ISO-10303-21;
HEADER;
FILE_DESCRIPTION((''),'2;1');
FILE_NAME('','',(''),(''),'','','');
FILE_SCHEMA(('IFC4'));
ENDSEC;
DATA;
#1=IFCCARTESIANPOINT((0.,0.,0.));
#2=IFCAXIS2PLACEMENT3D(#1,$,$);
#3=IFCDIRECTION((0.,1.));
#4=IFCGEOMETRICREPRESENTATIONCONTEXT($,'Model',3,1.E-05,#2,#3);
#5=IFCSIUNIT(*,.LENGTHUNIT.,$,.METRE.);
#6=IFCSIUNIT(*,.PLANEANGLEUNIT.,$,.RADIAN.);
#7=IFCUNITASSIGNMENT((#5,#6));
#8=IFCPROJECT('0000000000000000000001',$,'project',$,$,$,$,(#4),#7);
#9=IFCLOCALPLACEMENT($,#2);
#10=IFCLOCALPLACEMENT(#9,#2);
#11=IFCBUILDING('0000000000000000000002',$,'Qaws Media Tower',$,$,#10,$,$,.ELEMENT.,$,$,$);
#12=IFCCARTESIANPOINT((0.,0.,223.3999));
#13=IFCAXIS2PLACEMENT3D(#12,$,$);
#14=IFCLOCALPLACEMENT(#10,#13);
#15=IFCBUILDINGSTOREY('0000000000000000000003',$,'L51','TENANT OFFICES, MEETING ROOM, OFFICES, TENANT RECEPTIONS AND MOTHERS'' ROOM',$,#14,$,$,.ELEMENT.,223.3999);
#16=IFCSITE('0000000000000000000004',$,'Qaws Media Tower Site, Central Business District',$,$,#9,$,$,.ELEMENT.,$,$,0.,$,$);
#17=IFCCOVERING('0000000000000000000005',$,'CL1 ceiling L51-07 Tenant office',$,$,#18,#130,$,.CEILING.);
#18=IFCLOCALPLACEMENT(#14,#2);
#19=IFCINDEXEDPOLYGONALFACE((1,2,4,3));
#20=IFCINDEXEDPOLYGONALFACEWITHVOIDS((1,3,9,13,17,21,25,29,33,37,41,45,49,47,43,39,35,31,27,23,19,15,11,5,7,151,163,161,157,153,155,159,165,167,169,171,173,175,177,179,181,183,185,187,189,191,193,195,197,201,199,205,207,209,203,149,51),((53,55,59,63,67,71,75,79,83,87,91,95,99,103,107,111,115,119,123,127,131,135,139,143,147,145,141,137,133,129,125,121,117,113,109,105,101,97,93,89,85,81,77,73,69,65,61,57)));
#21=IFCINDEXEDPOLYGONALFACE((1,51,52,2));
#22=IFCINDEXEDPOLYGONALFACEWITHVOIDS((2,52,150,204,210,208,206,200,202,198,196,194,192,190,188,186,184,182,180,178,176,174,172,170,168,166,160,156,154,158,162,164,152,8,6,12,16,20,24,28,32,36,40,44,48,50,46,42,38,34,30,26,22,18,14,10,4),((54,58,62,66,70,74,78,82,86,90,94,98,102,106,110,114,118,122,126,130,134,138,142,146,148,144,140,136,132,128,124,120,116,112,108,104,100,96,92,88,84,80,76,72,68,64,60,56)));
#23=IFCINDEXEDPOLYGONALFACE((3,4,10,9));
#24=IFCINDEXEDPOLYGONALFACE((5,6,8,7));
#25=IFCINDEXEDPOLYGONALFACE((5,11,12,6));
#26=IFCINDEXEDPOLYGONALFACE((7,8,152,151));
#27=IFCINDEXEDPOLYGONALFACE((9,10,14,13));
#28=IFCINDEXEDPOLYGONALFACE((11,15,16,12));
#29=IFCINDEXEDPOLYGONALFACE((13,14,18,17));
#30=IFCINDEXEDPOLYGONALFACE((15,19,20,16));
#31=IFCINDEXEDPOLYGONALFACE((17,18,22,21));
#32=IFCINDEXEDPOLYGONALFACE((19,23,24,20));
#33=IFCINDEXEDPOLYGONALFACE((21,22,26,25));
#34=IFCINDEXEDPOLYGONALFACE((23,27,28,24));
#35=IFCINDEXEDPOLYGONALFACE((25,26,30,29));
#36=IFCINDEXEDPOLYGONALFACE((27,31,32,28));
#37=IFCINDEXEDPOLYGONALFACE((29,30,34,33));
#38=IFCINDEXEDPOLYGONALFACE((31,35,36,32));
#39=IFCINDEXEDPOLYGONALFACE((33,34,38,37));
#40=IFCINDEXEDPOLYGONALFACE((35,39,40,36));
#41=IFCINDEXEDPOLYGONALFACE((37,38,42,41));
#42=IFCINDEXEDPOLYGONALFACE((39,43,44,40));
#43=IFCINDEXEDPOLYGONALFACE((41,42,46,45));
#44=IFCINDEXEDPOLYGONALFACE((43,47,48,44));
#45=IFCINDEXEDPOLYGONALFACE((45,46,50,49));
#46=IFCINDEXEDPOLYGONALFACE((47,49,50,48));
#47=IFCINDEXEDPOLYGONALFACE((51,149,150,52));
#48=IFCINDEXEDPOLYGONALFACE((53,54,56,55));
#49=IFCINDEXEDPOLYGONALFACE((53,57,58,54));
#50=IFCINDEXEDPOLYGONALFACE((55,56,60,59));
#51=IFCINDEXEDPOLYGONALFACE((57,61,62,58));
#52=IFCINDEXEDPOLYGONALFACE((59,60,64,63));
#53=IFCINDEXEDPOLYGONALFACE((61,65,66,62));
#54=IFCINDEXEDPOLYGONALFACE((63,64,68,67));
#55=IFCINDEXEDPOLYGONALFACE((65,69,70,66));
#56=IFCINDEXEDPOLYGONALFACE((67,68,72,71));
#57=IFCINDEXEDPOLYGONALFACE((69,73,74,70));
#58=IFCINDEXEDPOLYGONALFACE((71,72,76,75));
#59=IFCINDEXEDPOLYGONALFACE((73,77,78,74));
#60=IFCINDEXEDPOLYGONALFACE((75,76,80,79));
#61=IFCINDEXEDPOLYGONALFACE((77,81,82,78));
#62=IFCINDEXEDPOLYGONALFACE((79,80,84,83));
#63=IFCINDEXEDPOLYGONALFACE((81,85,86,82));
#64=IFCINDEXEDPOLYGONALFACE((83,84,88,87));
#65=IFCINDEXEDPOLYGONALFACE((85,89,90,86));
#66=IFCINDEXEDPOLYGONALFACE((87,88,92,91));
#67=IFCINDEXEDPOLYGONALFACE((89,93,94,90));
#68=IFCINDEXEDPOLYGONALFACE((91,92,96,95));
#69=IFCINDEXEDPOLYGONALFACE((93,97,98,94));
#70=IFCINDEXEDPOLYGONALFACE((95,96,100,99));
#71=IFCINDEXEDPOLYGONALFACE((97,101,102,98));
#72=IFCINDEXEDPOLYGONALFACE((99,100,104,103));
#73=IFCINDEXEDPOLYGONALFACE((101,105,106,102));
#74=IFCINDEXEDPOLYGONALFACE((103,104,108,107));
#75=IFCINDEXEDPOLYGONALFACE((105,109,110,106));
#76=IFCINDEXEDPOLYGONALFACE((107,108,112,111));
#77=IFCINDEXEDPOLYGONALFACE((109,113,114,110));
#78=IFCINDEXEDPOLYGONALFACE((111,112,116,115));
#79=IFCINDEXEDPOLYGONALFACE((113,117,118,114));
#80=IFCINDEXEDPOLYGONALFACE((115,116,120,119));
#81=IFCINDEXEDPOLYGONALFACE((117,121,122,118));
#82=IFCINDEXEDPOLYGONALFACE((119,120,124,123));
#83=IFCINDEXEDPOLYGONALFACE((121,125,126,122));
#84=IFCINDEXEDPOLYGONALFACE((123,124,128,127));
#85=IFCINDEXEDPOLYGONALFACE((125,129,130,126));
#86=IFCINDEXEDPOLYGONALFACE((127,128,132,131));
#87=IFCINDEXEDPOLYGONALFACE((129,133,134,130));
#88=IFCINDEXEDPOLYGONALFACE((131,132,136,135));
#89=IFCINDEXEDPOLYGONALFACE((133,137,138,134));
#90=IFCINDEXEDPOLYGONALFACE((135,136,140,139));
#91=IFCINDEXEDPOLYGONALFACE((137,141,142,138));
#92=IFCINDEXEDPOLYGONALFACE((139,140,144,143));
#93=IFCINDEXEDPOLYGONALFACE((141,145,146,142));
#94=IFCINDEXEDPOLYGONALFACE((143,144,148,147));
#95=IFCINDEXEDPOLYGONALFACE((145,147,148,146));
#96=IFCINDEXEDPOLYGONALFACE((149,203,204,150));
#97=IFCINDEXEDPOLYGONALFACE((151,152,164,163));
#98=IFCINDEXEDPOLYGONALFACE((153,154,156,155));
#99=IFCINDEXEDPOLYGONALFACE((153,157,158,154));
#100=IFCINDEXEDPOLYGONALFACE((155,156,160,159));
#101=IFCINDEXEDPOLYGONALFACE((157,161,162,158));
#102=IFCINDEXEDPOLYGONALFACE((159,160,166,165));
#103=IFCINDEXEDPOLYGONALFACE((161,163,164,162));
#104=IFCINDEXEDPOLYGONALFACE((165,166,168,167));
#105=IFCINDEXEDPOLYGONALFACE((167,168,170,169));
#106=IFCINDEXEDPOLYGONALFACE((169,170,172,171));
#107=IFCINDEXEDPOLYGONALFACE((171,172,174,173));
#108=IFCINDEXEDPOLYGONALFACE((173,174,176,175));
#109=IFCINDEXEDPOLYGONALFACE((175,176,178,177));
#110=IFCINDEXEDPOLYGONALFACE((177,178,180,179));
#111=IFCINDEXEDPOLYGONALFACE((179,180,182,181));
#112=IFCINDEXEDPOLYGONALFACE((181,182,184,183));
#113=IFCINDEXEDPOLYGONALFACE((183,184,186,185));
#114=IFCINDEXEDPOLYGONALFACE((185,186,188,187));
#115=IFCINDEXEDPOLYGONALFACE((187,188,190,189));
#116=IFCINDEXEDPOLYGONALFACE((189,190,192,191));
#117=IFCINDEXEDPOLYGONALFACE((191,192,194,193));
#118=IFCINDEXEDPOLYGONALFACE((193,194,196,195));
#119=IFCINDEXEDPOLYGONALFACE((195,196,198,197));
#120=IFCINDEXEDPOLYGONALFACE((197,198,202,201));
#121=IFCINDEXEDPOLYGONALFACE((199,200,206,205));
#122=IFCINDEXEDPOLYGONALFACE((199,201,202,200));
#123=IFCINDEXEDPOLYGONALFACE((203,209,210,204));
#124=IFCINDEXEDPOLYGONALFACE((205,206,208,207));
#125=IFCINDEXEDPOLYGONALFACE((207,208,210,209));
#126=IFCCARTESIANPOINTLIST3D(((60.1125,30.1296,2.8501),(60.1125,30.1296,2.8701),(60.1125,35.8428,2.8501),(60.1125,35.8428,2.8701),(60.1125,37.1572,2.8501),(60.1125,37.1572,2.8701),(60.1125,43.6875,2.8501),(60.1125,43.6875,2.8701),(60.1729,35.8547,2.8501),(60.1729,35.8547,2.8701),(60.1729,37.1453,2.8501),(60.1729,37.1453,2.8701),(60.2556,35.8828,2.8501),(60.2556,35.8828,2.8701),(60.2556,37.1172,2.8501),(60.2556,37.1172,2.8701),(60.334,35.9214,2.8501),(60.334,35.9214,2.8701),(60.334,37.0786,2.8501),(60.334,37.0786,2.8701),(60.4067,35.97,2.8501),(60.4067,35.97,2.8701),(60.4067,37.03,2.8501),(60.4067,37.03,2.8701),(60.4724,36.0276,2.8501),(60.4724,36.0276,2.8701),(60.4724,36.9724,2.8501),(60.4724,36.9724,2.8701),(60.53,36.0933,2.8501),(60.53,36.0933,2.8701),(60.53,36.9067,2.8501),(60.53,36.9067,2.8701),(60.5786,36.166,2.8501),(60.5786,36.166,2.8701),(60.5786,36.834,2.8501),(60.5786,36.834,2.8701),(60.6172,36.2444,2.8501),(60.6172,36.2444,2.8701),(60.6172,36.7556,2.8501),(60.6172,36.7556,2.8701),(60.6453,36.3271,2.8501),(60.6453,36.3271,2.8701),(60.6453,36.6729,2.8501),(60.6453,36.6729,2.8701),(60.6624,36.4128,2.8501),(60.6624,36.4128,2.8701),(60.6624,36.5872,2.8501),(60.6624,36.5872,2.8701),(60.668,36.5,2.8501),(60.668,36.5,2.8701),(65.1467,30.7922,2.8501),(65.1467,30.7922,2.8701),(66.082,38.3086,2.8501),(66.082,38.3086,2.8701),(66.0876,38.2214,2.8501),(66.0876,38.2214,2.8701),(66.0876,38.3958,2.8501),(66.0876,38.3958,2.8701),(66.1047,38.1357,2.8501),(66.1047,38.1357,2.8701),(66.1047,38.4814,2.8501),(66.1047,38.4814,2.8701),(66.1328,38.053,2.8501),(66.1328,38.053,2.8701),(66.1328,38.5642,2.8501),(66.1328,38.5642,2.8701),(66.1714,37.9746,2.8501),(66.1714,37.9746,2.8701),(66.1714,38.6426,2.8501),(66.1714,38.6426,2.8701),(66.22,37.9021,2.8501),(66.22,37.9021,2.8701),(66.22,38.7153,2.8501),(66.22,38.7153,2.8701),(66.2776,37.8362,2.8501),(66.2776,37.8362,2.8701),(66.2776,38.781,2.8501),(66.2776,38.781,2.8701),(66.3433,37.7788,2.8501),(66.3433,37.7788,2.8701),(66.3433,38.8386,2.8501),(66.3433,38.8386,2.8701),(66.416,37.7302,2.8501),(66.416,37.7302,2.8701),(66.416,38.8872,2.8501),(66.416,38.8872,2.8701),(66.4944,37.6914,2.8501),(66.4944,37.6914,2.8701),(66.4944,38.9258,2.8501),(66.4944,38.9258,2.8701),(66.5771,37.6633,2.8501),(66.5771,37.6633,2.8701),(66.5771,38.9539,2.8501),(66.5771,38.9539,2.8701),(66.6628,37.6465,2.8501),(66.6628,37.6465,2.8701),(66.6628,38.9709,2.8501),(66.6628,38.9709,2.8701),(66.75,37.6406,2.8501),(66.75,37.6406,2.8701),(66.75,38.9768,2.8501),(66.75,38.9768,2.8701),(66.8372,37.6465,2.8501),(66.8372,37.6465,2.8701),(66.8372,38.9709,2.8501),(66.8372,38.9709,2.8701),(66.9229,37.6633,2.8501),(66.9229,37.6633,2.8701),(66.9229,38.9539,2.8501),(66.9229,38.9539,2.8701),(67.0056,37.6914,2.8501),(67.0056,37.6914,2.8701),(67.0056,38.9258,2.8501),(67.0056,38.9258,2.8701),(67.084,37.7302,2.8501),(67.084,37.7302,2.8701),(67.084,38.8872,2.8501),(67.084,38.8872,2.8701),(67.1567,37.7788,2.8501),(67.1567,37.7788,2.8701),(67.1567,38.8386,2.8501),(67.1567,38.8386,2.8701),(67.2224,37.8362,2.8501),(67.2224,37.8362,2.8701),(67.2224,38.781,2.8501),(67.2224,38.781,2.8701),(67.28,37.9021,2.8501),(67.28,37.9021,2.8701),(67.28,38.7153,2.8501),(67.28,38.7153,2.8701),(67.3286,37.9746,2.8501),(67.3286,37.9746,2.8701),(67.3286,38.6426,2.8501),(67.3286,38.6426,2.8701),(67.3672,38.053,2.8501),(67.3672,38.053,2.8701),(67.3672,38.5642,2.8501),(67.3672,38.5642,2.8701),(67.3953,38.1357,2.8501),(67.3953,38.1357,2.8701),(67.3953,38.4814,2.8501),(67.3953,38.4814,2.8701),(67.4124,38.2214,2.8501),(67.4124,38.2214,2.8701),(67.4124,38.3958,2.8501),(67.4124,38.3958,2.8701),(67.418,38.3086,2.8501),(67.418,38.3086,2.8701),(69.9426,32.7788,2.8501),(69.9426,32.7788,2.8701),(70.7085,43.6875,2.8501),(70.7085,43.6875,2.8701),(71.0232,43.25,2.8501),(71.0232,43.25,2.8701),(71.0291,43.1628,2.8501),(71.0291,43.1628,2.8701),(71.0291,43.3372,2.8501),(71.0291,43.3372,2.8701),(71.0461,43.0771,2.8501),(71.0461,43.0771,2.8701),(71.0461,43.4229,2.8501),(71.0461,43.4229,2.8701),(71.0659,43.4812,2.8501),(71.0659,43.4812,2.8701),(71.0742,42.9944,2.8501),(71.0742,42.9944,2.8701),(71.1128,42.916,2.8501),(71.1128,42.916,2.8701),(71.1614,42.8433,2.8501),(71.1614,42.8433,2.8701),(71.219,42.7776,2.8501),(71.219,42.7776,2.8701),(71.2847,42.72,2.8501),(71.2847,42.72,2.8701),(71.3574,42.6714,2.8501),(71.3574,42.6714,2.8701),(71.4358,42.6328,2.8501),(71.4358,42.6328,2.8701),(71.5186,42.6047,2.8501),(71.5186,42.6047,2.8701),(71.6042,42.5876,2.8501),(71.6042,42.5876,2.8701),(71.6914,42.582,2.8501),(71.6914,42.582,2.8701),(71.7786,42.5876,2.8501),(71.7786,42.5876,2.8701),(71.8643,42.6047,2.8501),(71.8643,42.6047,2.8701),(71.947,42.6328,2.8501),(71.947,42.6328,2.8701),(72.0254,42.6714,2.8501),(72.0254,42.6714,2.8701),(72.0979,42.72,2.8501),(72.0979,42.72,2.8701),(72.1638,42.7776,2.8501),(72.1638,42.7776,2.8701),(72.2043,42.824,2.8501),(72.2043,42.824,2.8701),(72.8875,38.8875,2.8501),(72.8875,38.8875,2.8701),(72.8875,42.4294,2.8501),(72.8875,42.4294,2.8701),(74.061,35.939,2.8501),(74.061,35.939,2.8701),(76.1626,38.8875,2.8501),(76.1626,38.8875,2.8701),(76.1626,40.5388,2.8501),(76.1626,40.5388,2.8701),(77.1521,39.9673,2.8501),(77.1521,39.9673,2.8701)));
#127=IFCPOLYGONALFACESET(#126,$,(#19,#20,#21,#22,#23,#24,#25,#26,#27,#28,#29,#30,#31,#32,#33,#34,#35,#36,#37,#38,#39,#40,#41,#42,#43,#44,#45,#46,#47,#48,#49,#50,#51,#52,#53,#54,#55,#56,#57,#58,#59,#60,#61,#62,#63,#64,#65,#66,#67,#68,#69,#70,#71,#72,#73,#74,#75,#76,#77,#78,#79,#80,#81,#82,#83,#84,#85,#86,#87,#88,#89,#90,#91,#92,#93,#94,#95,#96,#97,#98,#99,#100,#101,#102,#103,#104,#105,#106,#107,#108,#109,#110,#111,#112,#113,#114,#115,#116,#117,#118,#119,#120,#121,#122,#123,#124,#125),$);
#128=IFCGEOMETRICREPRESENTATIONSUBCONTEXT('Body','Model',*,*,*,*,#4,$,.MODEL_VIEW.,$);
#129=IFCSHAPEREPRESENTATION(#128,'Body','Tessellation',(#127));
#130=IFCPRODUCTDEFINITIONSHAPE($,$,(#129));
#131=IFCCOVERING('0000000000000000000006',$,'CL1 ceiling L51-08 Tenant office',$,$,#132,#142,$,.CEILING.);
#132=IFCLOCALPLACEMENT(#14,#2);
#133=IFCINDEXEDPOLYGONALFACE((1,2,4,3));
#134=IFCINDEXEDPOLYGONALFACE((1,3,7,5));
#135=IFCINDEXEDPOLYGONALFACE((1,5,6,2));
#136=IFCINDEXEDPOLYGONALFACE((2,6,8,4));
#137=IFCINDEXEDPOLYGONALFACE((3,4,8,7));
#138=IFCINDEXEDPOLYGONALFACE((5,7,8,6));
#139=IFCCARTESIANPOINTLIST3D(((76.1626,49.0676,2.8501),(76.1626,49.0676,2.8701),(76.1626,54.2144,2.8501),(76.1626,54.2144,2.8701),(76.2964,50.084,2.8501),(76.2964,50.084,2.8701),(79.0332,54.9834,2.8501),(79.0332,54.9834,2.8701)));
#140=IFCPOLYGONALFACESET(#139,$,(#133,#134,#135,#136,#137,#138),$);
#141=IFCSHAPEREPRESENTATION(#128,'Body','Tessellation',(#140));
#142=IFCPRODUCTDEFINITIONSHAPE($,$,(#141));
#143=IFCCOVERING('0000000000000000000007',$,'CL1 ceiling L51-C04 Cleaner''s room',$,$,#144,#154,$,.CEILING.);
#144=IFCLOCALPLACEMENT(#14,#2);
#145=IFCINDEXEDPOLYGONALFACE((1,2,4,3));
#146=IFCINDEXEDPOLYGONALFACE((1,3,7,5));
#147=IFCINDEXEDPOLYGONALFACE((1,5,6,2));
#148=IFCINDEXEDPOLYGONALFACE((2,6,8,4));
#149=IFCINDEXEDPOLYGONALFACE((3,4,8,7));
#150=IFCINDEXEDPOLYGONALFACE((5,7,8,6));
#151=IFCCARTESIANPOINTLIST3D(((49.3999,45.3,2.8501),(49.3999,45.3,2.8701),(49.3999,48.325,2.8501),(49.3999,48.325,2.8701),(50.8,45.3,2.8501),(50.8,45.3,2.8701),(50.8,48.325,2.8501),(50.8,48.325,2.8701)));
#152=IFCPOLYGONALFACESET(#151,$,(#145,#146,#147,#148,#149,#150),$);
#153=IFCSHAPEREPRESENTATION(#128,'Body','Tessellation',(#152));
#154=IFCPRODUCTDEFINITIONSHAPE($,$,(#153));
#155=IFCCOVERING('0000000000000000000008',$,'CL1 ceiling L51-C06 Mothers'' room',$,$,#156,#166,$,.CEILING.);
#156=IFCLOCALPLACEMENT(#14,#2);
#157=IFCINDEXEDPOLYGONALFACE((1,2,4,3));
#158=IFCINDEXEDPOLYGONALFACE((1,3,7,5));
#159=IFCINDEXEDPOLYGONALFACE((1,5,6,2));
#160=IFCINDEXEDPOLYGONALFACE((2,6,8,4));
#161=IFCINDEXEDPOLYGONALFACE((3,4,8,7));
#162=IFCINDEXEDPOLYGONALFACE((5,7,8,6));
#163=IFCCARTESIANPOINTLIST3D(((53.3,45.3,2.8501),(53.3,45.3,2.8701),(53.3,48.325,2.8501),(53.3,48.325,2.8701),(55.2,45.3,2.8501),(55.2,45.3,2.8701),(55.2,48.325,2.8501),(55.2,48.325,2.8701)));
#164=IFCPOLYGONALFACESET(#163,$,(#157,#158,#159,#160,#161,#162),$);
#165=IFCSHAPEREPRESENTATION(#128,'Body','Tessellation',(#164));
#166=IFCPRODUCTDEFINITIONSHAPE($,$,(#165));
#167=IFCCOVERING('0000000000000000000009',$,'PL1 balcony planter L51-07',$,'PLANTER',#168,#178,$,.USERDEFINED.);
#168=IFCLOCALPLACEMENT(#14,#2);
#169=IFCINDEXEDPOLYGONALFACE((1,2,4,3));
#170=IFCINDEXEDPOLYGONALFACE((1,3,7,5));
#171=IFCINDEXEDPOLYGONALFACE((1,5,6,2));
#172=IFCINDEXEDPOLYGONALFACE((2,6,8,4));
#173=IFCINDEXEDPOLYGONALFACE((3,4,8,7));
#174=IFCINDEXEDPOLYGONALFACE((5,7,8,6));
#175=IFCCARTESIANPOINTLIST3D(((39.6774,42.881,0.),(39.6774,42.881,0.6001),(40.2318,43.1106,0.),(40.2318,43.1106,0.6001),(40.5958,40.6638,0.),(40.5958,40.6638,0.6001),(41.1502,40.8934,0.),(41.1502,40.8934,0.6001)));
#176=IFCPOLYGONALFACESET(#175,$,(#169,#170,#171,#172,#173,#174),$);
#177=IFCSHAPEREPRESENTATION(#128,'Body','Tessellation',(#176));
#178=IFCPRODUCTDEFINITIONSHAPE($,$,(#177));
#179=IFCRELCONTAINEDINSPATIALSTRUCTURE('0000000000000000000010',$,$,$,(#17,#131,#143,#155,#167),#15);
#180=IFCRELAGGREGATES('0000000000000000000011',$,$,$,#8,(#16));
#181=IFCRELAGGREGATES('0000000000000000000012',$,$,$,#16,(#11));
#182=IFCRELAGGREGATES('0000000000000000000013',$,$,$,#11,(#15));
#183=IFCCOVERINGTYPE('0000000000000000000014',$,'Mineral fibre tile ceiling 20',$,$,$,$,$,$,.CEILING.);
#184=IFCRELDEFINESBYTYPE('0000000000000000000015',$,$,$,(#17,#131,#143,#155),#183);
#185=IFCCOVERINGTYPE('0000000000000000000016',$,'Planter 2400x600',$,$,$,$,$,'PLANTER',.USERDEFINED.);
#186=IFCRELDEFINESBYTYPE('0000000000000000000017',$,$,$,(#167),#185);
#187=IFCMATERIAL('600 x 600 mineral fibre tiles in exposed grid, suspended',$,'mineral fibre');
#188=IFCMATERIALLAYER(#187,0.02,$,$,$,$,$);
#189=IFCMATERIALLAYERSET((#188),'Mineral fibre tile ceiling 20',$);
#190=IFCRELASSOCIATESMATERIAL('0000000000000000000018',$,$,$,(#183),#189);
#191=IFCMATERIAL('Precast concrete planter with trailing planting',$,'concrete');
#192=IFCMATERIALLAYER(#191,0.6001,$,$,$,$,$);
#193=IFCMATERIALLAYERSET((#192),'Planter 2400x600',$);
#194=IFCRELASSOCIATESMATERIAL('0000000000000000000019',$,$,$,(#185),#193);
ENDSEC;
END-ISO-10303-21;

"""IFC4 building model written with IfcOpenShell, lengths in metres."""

from ifc_helpers import new_model, si_unit, direction, frame, origin, origin_2d, place, context, subcontext, project, spatial, polyline, rectangle, outline, extrude, material, layer, layer_set, type_object, element, save


model = new_model("IFC4")

# Units and contexts
model_context = context("Model", 3, precision=1e-05, world=origin(), true_north=direction((0.0, 1.0)))
body_context = subcontext(model_context, "Body", "Model", "MODEL_VIEW")
ifc_project = project(units=[si_unit("LENGTHUNIT", "METRE"), si_unit("PLANEANGLEUNIT", "RADIAN")], contexts=[model_context])

# Site, building, storey
site_placement = place(None, origin())
site = spatial("IfcSite", under=ifc_project, at=site_placement, Name="Qaws Media Tower Site, Central Business District", CompositionType="ELEMENT", RefElevation=0.0)
building_placement = place(site_placement, origin())
building = spatial("IfcBuilding", under=site, at=building_placement, Name="Qaws Media Tower", CompositionType="ELEMENT")
storey_placement = place(building_placement, frame((0.0, 0.0, 223.3999)))
storey = spatial("IfcBuildingStorey", under=building, at=storey_placement, Name="L51", Description="TENANT OFFICES, MEETING ROOM, OFFICES, TENANT RECEPTIONS AND MOTHERS' ROOM", CompositionType="ELEMENT", Elevation=223.3999)

# Coverings
ifc_material_1 = material(Name="600 x 600 mineral fibre tiles in exposed grid, suspended", Category="mineral fibre")
ifc_layer_1 = layer(ifc_material_1, 0.02)
ifc_layer_set_1 = layer_set([ifc_layer_1], Name="Mineral fibre tile ceiling 20")
covering_type_1 = type_object("IfcCoveringType", Name="Mineral fibre tile ceiling 20", PredefinedType="CEILING", material=ifc_layer_set_1)
covering_1_placement = place(storey_placement, frame((0.0, 0.0, 2.8501)))
element("IfcCovering", 1, at=covering_1_placement, inside=storey, type_object=covering_type_1, Name="CL1 ceiling L51-07 Tenant office", PredefinedType="CEILING", context=body_context, shape_type="SweptSolid", body=[
    extrude(outline(polyline([(72.8875, 38.8875), (76.1626, 38.8875), (76.1626, 40.5388), (77.1521, 39.9673), (74.061, 35.939), (69.9426, 32.7788), (65.1467, 30.7922), (60.1125, 30.1296), (60.1125, 35.8428), (60.1729, 35.8547), (60.2556, 35.8828), (60.334, 35.9214), (60.4067, 35.97), (60.4724, 36.0276), (60.53, 36.0933), (60.5786, 36.166), (60.6172, 36.2444), (60.6453, 36.3271), (60.6624, 36.4128), (60.668, 36.5), (60.6624, 36.5872), (60.6453, 36.6729), (60.6172, 36.7556), (60.5786, 36.834), (60.53, 36.9067), (60.4724, 36.9724), (60.4067, 37.03), (60.334, 37.0786), (60.2556, 37.1172), (60.1729, 37.1453), (60.1125, 37.1572), (60.1125, 43.6875), (70.7085, 43.6875), (71.0659, 43.4812), (71.0461, 43.4229), (71.0291, 43.3372), (71.0232, 43.25), (71.0291, 43.1628), (71.0461, 43.0771), (71.0742, 42.9944), (71.1128, 42.916), (71.1614, 42.8433), (71.219, 42.7776), (71.2847, 42.72), (71.3574, 42.6714), (71.4358, 42.6328), (71.5186, 42.6047), (71.6042, 42.5876), (71.6914, 42.582), (71.7786, 42.5876), (71.8643, 42.6047), (71.947, 42.6328), (72.0254, 42.6714), (72.0979, 42.72), (72.1638, 42.7776), (72.2043, 42.824), (72.8875, 42.4294), (72.8875, 38.8875)]), holes=[polyline([(67.3672, 38.053), (67.3953, 38.1357), (67.4124, 38.2214), (67.418, 38.3086), (67.4124, 38.3958), (67.3953, 38.4814), (67.3672, 38.5642), (67.3286, 38.6426), (67.28, 38.7153), (67.2224, 38.781), (67.1567, 38.8386), (67.084, 38.8872), (67.0056, 38.9258), (66.9229, 38.9539), (66.8372, 38.9709), (66.75, 38.9768), (66.6628, 38.9709), (66.5771, 38.9539), (66.4944, 38.9258), (66.416, 38.8872), (66.3433, 38.8386), (66.2776, 38.781), (66.22, 38.7153), (66.1714, 38.6426), (66.1328, 38.5642), (66.1047, 38.4814), (66.0876, 38.3958), (66.082, 38.3086), (66.0876, 38.2214), (66.1047, 38.1357), (66.1328, 38.053), (66.1714, 37.9746), (66.22, 37.9021), (66.2776, 37.8362), (66.3433, 37.7788), (66.416, 37.7302), (66.4944, 37.6914), (66.5771, 37.6633), (66.6628, 37.6465), (66.75, 37.6406), (66.8372, 37.6465), (66.9229, 37.6633), (67.0056, 37.6914), (67.084, 37.7302), (67.1567, 37.7788), (67.2224, 37.8362), (67.28, 37.9021), (67.3286, 37.9746), (67.3672, 38.053)])]), origin(), (0.0, 0.0, 1.0), 0.02),
])
covering_2_placement = place(storey_placement, frame((0.0, 0.0, 2.8501)))
element("IfcCovering", 2, at=covering_2_placement, inside=storey, type_object=covering_type_1, Name="CL1 ceiling L51-08 Tenant office", PredefinedType="CEILING", context=body_context, shape_type="SweptSolid", body=[
    extrude(outline(polyline([(76.2964, 50.084), (76.1626, 49.0676), (76.1626, 54.2144), (79.0332, 54.9834), (76.2964, 50.084)])), origin(), (0.0, 0.0, 1.0), 0.02),
])
covering_3_placement = place(storey_placement, frame((0.0, 0.0, 2.8501)))
element("IfcCovering", 3, at=covering_3_placement, inside=storey, type_object=covering_type_1, Name="CL1 ceiling L51-C04 Cleaner's room", PredefinedType="CEILING", context=body_context, shape_type="SweptSolid", body=[
    extrude(outline(polyline([(49.3999, 45.3), (49.3999, 48.325), (50.8, 48.325), (50.8, 45.3), (49.3999, 45.3)])), origin(), (0.0, 0.0, 1.0), 0.02),
])
covering_4_placement = place(storey_placement, frame((0.0, 0.0, 2.8501)))
element("IfcCovering", 4, at=covering_4_placement, inside=storey, type_object=covering_type_1, Name="CL1 ceiling L51-C06 Mothers' room", PredefinedType="CEILING", context=body_context, shape_type="SweptSolid", body=[
    extrude(outline(polyline([(53.3, 45.3), (53.3, 48.325), (55.2, 48.325), (55.2, 45.3), (53.3, 45.3)])), origin(), (0.0, 0.0, 1.0), 0.02),
])
ifc_material_2 = material(Name="Precast concrete planter with trailing planting", Category="concrete")
ifc_layer_2 = layer(ifc_material_2, 0.6001)
ifc_layer_set_2 = layer_set([ifc_layer_2], Name="Planter 2400x600")
covering_type_2 = type_object("IfcCoveringType", Name="Planter 2400x600", ElementType="PLANTER", PredefinedType="USERDEFINED", material=ifc_layer_set_2)
covering_5_placement = place(storey_placement, frame((40.4138, 41.8872, 0.0), z_axis=(0.0, 0.0, 1.0), x_axis=(0.382683, -0.92388, 0.0)))
element("IfcCovering", 5, at=covering_5_placement, inside=storey, type_object=covering_type_2, Name="PL1 balcony planter L51-07", ObjectType="PLANTER", PredefinedType="USERDEFINED", context=body_context, shape_type="SweptSolid", body=[
    extrude(rectangle(XDim=2.3999, YDim=0.6001, at=origin_2d()), origin(), (0.0, 0.0, 1.0), 0.6001),
])

save(model, "model.ifc")
